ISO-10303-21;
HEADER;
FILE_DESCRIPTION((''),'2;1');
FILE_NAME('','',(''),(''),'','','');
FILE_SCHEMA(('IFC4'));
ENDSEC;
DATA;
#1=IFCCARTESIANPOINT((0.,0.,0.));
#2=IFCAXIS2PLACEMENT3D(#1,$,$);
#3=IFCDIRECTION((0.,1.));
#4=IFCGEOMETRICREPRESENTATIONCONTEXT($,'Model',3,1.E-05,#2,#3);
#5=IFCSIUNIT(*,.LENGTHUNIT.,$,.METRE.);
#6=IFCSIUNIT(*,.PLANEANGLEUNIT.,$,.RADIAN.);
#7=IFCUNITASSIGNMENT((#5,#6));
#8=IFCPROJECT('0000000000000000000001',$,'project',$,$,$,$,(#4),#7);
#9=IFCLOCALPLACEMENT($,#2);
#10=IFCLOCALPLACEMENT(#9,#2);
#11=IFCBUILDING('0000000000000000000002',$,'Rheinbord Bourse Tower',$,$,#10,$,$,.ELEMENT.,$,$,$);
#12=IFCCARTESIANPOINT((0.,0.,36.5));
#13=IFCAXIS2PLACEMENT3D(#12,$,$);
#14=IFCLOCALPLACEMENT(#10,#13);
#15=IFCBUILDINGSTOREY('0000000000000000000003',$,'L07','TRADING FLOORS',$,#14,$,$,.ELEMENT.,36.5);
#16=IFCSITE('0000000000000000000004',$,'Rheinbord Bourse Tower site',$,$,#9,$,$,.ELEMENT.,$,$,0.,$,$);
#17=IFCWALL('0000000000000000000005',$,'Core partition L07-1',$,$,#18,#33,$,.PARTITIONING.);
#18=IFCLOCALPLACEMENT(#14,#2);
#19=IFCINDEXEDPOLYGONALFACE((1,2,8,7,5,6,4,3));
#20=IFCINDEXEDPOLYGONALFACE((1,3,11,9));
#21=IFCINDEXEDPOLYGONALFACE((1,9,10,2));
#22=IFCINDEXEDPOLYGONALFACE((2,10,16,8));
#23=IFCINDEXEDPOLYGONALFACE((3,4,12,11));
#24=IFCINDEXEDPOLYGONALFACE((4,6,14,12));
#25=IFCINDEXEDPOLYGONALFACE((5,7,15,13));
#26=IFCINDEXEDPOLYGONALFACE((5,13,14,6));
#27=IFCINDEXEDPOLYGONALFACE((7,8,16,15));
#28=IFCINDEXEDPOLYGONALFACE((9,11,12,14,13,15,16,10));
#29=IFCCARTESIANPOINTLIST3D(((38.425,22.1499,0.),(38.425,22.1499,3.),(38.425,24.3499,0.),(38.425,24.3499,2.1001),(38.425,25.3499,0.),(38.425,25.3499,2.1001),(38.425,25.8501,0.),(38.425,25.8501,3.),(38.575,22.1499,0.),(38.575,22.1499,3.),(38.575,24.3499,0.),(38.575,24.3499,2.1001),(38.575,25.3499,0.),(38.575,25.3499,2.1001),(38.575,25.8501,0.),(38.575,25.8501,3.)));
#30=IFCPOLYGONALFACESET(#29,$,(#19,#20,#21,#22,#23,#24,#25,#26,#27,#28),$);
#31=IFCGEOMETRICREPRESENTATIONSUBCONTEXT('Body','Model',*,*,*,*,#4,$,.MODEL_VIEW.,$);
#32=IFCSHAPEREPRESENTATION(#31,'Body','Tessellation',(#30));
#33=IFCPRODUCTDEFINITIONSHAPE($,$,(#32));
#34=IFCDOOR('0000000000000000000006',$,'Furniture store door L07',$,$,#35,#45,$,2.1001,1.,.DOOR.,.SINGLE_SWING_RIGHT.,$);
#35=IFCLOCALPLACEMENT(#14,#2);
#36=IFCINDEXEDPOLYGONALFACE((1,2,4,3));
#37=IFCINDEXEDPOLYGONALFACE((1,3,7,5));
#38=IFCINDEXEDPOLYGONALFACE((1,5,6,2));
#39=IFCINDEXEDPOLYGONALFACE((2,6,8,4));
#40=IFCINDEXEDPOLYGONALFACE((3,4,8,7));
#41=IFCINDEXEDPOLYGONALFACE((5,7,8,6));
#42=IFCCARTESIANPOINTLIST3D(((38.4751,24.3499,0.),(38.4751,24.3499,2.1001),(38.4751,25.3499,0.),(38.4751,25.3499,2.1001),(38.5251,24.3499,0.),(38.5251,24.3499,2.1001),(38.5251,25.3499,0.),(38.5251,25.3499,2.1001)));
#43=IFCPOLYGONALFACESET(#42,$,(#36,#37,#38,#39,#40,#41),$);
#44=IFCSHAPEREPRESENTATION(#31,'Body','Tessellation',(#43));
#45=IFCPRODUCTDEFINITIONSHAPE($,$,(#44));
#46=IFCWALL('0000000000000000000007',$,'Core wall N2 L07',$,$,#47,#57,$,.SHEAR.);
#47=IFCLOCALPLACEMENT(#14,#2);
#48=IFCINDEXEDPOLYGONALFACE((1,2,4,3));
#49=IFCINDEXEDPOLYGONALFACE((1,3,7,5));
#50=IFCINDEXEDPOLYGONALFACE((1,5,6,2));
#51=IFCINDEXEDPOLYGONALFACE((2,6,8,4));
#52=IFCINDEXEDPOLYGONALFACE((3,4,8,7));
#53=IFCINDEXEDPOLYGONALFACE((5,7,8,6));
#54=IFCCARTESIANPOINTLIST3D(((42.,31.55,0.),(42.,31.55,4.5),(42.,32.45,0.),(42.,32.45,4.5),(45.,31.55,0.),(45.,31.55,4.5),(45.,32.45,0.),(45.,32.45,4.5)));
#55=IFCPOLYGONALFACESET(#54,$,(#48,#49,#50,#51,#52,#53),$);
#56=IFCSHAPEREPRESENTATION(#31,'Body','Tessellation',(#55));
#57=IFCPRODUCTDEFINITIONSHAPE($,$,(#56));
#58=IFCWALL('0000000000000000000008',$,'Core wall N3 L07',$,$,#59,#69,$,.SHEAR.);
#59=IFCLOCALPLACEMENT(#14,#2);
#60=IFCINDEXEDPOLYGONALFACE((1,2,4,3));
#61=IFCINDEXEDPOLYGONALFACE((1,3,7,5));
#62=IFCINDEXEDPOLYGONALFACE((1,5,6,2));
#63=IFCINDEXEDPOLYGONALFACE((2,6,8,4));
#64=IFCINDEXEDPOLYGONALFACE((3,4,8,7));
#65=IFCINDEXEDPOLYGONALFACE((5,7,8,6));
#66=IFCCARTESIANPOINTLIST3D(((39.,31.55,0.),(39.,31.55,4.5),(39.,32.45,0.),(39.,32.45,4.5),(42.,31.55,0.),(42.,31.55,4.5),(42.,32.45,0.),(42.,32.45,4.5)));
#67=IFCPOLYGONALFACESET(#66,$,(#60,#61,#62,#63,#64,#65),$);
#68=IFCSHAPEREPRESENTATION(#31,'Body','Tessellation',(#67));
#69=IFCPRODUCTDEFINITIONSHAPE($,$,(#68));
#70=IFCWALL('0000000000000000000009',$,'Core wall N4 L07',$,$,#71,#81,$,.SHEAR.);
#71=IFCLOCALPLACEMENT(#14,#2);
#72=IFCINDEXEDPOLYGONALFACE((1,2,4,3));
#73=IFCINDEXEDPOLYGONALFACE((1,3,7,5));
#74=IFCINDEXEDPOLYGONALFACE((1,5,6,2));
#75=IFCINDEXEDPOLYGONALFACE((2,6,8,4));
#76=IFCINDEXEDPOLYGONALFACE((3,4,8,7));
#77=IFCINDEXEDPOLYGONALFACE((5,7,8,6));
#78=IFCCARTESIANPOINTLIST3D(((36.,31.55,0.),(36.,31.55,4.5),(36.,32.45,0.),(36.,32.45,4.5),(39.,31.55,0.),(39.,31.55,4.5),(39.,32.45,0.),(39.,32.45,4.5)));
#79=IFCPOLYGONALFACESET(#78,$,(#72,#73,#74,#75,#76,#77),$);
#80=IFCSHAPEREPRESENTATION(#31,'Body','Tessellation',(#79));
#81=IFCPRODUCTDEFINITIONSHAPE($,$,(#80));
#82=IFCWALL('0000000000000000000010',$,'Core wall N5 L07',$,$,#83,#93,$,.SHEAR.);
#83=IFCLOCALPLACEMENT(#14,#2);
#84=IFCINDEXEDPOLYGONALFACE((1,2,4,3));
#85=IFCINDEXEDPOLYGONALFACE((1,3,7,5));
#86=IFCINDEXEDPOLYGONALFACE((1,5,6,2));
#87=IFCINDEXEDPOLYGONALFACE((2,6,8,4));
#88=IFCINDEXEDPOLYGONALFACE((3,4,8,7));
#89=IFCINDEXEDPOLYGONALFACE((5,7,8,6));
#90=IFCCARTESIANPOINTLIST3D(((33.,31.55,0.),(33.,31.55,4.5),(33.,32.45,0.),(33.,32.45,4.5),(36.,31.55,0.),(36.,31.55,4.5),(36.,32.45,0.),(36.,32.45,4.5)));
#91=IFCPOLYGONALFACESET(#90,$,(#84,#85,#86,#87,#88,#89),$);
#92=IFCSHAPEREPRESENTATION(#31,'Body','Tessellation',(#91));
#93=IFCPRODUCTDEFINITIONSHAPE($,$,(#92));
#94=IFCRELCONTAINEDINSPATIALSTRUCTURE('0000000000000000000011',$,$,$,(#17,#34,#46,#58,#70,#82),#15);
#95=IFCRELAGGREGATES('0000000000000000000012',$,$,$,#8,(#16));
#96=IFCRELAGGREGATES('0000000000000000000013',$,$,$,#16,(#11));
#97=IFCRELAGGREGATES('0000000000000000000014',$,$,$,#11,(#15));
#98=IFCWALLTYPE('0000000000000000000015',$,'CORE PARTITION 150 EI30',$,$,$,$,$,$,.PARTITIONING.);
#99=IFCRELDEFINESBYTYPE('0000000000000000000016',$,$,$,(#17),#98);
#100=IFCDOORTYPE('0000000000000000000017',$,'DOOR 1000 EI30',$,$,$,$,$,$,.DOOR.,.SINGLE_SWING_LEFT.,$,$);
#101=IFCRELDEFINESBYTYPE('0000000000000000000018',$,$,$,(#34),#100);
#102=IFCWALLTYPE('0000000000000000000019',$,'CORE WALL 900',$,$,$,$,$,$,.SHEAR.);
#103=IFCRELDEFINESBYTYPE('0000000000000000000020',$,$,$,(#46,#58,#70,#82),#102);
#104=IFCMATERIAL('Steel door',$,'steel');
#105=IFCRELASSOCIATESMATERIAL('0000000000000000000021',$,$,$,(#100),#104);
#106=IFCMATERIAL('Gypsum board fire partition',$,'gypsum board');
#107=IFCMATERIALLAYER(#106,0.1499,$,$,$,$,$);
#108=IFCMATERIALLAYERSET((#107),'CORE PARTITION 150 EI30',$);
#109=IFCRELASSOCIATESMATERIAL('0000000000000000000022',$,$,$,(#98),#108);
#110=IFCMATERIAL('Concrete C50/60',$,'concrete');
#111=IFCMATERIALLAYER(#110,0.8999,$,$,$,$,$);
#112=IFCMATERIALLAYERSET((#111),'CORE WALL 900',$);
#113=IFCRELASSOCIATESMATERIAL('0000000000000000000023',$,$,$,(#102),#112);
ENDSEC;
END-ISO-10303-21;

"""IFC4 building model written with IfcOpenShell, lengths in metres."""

from ifc_helpers import new_model, si_unit, direction, frame, frame_2d, origin, place, context, subcontext, project, spatial, rectangle, extrude, material, layer, layer_set, type_object, element, fill, save


model = new_model("IFC4")

# Units and contexts
model_context = context("Model", 3, precision=1e-05, world=origin(), true_north=direction((0.0, 1.0)))
body_context = subcontext(model_context, "Body", "Model", "MODEL_VIEW")
ifc_project = project(units=[si_unit("LENGTHUNIT", "METRE"), si_unit("PLANEANGLEUNIT", "RADIAN")], contexts=[model_context])

# Site, building, storey
site_placement = place(None, origin())
site = spatial("IfcSite", under=ifc_project, at=site_placement, Name="Rheinbord Bourse Tower site", CompositionType="ELEMENT", RefElevation=0.0)
building_placement = place(site_placement, origin())
building = spatial("IfcBuilding", under=site, at=building_placement, Name="Rheinbord Bourse Tower", CompositionType="ELEMENT")
storey_placement = place(building_placement, frame((0.0, 0.0, 36.5)))
storey = spatial("IfcBuildingStorey", under=building, at=storey_placement, Name="L07", Description="TRADING FLOORS", CompositionType="ELEMENT", Elevation=36.5)

# Shared definitions
ifc_material_1 = material(Name="Steel door", Category="steel")
door_type_1 = type_object("IfcDoorType", Name="DOOR 1000 EI30", OperationType="SINGLE_SWING_LEFT", PredefinedType="DOOR", material=ifc_material_1)

# Wall, opening, door
ifc_material_2 = material(Name="Gypsum board fire partition", Category="gypsum board")
ifc_layer_1 = layer(ifc_material_2, 0.1499)
ifc_layer_set_1 = layer_set([ifc_layer_1], Name="CORE PARTITION 150 EI30")
wall_type_1 = type_object("IfcWallType", Name="CORE PARTITION 150 EI30", PredefinedType="PARTITIONING", material=ifc_layer_set_1)
wall_1_placement = place(storey_placement, frame((38.5, 22.1499, 0.0), z_axis=(0.0, 0.0, 1.0), x_axis=(0.0, 1.0, 0.0)))
wall_1 = element("IfcWall", 1, at=wall_1_placement, inside=storey, type_object=wall_type_1, Name="Core partition L07-1", PredefinedType="PARTITIONING", context=body_context, shape_type="SweptSolid", body=[
    extrude(rectangle(XDim=3.7002, YDim=0.1499, at=frame_2d((1.8501, 0.0))), origin(), (0.0, 0.0, 1.0), 3.0),
])
opening_1_placement = place(wall_1_placement, frame((2.2, 0.0, 0.0)))
opening_1 = element("IfcOpeningElement", 2, at=opening_1_placement, cuts=wall_1, PredefinedType="OPENING", context=body_context, shape_type="SweptSolid", body=[
    extrude(rectangle(XDim=1.0, YDim=2.1001, at=frame_2d((0.5, 1.05))), frame((0.0, 0.085, 0.0), z_axis=(0.0, -1.0, 0.0), x_axis=(1.0, 0.0, 0.0)), (0.0, 0.0, 1.0), 0.1699),
])
door_1_placement = place(opening_1_placement, origin())
door_1 = element("IfcDoor", 3, at=door_1_placement, inside=storey, type_object=door_type_1, Name="Furniture store door L07", OperationType="SINGLE_SWING_RIGHT", OverallHeight=2.1001, OverallWidth=1.0, PredefinedType="DOOR", context=body_context, shape_type="SweptSolid", body=[
    extrude(rectangle(XDim=1.0, YDim=2.1001, at=frame_2d((0.5, 1.05))), frame((0.0, 0.0249, 0.0), z_axis=(0.0, -1.0, 0.0), x_axis=(1.0, 0.0, 0.0)), (0.0, 0.0, 1.0), 0.05),
])
fill(opening_1, door_1)

# Walls
ifc_material_3 = material(Name="Concrete C50/60", Category="concrete")
ifc_layer_2 = layer(ifc_material_3, 0.8999)
ifc_layer_set_2 = layer_set([ifc_layer_2], Name="CORE WALL 900")
wall_type_2 = type_object("IfcWallType", Name="CORE WALL 900", PredefinedType="SHEAR", material=ifc_layer_set_2)
for number, where, z_axis, x_axis, name in (
    (4, (45.0, 32.0, 0.0), (0.0, 0.0, 1.0), (-1.0, 0.0, 0.0), "Core wall N2 L07"),
    (5, (42.0, 32.0, 0.0), (0.0, 0.0, 1.0), (-1.0, 0.0, 0.0), "Core wall N3 L07"),
    (6, (39.0, 32.0, 0.0), (0.0, 0.0, 1.0), (-1.0, 0.0, 0.0), "Core wall N4 L07"),
    (7, (36.0, 32.0, 0.0), (0.0, 0.0, 1.0), (-1.0, 0.0, 0.0), "Core wall N5 L07"),
):
    element("IfcWall", number, at=place(storey_placement, frame(where, z_axis=z_axis, x_axis=x_axis)), inside=storey, type_object=wall_type_2, Name=name, PredefinedType="SHEAR", context=body_context, shape_type="SweptSolid", body=[
        extrude(rectangle(XDim=3.0, YDim=0.8999, at=frame_2d((1.5, 0.0))), origin(), (0.0, 0.0, 1.0), 4.5),
    ])

save(model, "model.ifc")
